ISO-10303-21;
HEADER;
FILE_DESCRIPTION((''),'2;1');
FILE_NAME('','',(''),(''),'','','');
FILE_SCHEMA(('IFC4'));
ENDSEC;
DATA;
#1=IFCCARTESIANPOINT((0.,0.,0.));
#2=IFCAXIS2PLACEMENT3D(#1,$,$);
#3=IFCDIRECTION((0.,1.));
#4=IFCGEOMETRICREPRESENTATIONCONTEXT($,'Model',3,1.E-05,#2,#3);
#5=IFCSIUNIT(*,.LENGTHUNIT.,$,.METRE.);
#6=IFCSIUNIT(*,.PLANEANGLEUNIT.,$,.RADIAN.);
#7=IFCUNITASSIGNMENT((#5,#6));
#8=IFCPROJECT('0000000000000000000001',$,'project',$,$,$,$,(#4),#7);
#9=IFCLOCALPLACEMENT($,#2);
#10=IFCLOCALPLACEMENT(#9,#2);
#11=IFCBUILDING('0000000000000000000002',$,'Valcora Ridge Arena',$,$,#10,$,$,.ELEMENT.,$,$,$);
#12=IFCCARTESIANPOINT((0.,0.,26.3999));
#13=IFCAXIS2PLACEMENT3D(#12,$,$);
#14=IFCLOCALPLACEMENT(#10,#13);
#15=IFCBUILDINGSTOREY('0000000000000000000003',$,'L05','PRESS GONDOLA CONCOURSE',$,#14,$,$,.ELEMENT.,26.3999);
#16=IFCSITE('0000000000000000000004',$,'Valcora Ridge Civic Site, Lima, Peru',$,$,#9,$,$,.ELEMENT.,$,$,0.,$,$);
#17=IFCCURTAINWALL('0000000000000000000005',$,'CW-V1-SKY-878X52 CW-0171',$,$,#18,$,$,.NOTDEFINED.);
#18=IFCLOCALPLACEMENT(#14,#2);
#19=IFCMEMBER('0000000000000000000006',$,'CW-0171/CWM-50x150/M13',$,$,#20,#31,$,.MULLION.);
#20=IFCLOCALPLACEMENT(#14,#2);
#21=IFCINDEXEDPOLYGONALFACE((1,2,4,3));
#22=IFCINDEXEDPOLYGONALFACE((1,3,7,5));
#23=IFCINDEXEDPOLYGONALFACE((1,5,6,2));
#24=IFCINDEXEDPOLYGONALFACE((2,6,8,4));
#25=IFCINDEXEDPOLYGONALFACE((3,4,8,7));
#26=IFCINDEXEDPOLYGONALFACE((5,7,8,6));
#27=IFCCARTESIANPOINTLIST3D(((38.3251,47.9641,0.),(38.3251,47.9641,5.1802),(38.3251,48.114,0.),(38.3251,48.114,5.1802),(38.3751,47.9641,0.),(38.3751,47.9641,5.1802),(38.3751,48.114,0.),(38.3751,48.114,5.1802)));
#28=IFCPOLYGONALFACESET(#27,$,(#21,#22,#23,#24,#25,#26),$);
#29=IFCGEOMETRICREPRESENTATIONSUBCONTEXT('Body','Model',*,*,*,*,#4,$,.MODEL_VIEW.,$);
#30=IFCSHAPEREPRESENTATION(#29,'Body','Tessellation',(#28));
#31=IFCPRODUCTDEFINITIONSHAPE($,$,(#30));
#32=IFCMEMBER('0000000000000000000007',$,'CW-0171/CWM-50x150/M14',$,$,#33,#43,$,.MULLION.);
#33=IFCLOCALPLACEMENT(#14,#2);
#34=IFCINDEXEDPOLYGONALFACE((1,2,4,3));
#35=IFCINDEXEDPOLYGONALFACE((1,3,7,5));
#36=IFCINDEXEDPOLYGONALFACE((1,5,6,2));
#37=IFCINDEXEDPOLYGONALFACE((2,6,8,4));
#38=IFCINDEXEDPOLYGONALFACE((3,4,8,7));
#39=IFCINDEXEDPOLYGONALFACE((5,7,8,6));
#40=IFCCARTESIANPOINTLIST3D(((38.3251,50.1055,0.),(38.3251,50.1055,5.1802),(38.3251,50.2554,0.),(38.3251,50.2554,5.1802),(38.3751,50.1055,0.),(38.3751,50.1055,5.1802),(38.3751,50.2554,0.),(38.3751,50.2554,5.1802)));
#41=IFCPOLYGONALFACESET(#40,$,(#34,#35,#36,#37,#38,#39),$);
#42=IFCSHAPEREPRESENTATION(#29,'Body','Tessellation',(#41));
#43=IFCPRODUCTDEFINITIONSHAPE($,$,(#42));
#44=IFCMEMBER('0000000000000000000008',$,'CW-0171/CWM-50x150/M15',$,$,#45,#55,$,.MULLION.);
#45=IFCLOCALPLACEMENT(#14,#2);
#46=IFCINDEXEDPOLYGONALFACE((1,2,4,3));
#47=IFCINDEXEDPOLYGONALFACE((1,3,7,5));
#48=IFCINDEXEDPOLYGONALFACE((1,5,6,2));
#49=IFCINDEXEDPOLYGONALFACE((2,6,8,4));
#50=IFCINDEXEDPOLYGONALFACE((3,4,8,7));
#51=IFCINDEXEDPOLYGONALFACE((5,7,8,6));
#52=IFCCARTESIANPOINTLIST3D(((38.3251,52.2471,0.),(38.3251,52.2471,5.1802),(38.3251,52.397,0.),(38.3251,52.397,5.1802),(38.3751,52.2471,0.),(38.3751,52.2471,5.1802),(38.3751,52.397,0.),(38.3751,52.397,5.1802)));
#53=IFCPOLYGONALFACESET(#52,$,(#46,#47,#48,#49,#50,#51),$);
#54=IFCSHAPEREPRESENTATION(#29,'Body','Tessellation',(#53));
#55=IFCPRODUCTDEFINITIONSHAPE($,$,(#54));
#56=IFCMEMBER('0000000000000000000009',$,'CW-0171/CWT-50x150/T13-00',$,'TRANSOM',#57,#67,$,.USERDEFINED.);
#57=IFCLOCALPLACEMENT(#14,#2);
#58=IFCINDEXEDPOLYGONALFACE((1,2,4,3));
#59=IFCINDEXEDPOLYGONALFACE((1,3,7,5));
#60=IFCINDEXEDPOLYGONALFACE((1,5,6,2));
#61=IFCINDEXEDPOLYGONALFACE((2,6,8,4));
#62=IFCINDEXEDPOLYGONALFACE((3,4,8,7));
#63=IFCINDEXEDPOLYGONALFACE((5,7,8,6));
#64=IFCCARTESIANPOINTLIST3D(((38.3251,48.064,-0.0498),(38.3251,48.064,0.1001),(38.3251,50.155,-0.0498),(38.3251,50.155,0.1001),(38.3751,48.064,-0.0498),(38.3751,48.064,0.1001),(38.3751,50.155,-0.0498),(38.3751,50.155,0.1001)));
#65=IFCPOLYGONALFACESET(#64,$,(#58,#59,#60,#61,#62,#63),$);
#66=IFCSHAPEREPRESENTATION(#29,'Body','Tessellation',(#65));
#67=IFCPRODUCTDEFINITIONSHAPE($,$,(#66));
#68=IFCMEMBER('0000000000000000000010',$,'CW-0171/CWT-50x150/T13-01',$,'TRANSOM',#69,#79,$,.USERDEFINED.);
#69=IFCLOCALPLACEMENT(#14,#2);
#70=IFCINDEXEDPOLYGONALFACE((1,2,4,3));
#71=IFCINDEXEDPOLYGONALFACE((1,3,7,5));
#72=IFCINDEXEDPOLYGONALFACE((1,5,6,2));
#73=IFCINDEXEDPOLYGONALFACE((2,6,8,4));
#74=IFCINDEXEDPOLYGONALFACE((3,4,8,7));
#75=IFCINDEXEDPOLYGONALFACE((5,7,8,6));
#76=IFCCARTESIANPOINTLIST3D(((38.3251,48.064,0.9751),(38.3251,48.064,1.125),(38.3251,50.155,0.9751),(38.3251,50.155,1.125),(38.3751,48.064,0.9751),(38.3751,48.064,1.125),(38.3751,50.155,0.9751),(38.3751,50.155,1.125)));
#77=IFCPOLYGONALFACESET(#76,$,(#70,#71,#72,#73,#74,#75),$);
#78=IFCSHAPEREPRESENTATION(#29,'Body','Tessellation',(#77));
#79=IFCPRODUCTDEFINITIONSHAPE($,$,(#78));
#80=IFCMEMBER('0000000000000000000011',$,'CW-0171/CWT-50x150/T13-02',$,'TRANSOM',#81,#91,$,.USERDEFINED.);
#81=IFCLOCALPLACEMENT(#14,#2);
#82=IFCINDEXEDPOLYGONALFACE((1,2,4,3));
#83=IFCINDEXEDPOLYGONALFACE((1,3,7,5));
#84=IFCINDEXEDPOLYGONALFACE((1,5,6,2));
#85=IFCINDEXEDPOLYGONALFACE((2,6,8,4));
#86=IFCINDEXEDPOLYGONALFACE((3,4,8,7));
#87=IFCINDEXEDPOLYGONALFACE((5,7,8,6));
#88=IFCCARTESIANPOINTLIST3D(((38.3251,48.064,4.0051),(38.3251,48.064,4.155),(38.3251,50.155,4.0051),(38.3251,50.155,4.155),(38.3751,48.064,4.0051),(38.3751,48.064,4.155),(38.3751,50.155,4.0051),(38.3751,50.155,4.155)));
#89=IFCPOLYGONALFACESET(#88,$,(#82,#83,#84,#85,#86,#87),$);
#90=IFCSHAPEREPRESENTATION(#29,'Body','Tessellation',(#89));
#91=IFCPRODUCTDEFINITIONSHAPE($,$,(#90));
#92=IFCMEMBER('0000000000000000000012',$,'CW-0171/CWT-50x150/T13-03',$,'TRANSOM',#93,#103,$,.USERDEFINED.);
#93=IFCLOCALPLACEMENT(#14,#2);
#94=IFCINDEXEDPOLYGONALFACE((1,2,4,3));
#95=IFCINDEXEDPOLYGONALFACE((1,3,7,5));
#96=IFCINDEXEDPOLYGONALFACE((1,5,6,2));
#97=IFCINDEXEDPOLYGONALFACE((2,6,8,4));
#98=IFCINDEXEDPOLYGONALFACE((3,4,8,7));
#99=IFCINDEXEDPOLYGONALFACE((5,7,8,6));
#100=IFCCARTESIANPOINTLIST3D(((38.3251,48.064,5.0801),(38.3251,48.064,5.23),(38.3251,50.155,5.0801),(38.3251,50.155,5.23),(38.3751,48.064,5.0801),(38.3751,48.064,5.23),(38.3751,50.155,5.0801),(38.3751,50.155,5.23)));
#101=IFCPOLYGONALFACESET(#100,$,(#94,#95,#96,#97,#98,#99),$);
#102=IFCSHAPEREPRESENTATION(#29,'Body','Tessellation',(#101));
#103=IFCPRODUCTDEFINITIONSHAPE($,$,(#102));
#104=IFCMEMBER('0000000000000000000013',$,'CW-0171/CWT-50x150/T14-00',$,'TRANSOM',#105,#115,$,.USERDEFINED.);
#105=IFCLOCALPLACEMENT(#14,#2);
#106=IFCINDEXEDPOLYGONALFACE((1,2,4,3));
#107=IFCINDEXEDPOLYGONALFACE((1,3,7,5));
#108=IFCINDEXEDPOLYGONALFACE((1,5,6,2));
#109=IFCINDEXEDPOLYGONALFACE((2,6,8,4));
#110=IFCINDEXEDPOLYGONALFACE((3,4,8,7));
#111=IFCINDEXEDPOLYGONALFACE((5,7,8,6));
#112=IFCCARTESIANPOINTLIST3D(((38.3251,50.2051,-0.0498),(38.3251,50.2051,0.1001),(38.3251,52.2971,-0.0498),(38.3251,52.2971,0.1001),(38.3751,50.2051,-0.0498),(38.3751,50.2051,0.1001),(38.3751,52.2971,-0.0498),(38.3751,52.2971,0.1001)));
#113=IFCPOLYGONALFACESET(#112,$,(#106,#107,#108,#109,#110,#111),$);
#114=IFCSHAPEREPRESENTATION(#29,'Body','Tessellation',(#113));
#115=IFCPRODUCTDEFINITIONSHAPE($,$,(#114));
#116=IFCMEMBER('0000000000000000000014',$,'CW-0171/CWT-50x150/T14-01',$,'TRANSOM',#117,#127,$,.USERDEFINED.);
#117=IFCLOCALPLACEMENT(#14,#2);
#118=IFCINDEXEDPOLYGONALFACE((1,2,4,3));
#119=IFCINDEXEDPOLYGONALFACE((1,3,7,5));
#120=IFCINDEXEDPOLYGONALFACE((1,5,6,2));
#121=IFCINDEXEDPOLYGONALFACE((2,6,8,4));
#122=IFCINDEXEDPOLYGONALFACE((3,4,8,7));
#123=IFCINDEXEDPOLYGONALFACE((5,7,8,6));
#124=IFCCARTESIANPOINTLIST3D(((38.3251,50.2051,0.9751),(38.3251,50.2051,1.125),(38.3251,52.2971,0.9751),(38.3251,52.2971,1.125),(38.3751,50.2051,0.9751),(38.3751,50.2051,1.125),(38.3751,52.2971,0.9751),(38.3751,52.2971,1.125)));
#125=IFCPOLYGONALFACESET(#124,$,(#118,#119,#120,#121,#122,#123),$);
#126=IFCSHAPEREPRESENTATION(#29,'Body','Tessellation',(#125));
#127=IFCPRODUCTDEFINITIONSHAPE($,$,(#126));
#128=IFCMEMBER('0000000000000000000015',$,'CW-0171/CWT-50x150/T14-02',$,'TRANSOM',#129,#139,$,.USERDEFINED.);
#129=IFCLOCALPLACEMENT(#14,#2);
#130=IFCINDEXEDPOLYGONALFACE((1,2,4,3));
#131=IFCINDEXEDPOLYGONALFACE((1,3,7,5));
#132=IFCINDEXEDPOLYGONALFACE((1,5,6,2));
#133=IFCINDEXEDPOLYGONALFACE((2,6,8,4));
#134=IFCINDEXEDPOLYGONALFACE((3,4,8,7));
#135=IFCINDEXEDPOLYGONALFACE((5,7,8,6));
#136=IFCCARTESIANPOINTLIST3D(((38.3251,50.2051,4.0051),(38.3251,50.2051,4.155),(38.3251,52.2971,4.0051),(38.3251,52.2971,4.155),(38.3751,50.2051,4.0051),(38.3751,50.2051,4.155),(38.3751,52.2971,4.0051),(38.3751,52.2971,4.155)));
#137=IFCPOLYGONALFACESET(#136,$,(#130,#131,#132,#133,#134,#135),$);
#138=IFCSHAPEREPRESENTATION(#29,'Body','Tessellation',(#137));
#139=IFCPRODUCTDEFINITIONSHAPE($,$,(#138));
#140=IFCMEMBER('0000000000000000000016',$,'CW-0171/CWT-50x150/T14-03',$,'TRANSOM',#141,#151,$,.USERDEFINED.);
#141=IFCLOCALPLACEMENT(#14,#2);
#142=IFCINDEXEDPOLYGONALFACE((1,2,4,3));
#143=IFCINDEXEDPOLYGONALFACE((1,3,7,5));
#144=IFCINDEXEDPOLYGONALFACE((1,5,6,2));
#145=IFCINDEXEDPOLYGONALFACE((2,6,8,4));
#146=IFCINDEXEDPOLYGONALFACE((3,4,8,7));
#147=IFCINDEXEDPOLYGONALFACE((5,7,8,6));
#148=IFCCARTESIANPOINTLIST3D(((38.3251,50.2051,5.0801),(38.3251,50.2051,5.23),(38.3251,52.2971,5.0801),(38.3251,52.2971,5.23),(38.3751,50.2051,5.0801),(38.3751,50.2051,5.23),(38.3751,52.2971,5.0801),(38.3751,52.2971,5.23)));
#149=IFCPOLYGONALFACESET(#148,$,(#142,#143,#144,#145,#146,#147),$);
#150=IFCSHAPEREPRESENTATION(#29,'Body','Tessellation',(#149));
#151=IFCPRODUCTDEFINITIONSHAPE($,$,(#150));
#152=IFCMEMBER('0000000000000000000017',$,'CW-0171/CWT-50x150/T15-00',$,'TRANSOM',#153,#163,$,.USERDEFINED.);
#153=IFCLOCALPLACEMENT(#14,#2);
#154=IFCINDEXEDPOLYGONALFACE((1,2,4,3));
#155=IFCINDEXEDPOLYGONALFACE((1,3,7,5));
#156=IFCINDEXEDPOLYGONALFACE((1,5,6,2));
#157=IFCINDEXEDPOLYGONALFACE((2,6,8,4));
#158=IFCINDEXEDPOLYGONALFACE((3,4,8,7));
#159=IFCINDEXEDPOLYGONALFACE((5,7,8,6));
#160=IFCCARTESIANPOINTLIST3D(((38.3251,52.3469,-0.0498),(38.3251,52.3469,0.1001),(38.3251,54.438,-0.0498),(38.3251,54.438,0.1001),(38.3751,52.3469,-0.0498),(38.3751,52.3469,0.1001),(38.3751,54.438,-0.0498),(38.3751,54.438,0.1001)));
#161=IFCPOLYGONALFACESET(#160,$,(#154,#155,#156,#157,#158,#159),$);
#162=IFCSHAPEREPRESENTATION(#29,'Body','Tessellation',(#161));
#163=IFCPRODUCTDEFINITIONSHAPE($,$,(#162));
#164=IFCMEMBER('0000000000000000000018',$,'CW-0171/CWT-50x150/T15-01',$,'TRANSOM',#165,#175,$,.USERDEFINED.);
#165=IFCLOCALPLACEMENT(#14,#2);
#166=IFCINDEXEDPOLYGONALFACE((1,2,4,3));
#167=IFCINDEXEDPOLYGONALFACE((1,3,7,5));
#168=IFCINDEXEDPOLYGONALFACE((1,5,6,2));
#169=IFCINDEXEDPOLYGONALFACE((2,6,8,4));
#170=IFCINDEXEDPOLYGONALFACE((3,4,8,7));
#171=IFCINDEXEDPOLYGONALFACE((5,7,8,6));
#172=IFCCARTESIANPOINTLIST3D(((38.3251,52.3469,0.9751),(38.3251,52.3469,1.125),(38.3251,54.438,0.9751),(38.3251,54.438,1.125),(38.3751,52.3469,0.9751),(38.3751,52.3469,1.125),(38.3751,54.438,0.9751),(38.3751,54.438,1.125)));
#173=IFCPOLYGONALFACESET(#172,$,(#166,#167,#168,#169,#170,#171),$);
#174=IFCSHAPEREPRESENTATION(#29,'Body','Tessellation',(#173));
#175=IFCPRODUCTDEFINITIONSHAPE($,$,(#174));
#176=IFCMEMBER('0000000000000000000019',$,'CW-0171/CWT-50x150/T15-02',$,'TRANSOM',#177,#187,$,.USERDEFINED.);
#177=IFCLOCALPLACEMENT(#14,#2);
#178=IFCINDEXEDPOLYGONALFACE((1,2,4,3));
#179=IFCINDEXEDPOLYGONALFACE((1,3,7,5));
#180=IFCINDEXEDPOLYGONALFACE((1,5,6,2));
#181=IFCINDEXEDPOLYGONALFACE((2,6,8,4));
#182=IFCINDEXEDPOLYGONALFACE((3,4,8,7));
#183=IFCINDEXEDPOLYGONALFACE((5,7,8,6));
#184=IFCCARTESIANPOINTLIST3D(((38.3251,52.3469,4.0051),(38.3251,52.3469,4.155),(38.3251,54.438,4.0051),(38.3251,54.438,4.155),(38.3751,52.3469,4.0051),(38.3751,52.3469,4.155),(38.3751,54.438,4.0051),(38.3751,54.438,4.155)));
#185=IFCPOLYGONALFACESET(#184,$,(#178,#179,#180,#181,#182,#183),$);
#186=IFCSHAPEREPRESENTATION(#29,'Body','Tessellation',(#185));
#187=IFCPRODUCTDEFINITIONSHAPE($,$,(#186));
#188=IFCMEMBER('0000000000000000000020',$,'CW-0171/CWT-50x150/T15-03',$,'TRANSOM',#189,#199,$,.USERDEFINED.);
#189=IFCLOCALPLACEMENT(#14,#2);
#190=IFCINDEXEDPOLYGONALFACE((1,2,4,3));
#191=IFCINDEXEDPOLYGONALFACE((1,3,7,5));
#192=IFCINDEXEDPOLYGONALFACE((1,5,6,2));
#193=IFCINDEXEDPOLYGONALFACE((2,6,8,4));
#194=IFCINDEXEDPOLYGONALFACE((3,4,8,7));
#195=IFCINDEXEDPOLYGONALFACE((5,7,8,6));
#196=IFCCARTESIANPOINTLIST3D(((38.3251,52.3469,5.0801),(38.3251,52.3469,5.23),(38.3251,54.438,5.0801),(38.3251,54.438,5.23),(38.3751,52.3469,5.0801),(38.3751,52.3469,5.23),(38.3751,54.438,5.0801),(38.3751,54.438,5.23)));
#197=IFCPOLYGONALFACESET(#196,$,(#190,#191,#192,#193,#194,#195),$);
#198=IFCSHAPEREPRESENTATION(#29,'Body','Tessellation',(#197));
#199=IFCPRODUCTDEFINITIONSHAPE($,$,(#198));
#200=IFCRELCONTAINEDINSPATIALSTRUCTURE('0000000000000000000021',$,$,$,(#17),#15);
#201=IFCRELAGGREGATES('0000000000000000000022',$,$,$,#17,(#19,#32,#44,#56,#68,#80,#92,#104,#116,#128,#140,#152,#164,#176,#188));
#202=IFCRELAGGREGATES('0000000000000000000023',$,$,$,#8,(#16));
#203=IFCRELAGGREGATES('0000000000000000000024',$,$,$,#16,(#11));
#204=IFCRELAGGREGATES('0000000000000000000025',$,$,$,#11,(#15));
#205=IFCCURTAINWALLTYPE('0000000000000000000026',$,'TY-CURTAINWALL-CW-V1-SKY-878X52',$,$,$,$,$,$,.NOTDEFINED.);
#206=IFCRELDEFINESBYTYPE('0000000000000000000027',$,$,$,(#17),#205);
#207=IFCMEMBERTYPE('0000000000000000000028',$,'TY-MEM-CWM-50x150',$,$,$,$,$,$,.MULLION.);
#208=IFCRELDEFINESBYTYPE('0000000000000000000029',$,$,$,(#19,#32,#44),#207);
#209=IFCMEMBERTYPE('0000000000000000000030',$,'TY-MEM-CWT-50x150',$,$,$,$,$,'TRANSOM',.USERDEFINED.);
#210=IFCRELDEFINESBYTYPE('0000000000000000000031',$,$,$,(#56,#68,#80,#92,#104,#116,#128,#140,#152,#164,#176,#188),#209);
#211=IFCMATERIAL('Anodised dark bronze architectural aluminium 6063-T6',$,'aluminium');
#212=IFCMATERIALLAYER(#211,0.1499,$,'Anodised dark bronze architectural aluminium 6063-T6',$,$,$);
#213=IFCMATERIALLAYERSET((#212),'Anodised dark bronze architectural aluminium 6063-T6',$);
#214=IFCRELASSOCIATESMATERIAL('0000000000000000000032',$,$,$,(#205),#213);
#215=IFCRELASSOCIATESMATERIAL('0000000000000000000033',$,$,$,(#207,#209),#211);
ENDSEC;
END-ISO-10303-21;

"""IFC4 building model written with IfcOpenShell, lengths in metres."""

from ifc_helpers import new_model, si_unit, direction, frame, origin, origin_2d, place, context, subcontext, project, spatial, rectangle, extrude, material, layer, layer_set, material_profile, profile_set, type_object, element, aggregate, save


model = new_model("IFC4")

# Units and contexts
model_context = context("Model", 3, precision=1e-05, world=origin(), true_north=direction((0.0, 1.0)))
body_context = subcontext(model_context, "Body", "Model", "MODEL_VIEW")
ifc_project = project(units=[si_unit("LENGTHUNIT", "METRE"), si_unit("PLANEANGLEUNIT", "RADIAN")], contexts=[model_context])

# Site, building, storey
site_placement = place(None, origin())
site = spatial("IfcSite", under=ifc_project, at=site_placement, Name="Valcora Ridge Civic Site, Lima, Peru", CompositionType="ELEMENT", RefElevation=0.0)
building_placement = place(site_placement, origin())
building = spatial("IfcBuilding", under=site, at=building_placement, Name="Valcora Ridge Arena", CompositionType="ELEMENT")
storey_placement = place(building_placement, frame((0.0, 0.0, 26.3999)))
storey = spatial("IfcBuildingStorey", under=building, at=storey_placement, Name="L05", Description="PRESS GONDOLA CONCOURSE", CompositionType="ELEMENT", Elevation=26.3999)

# Curtain wall, members
ifc_material_1 = material(Name="Anodised dark bronze architectural aluminium 6063-T6", Category="aluminium")
ifc_layer_1 = layer(ifc_material_1, 0.1499, Name="Anodised dark bronze architectural aluminium 6063-T6")
ifc_layer_set_1 = layer_set([ifc_layer_1], Name="Anodised dark bronze architectural aluminium 6063-T6")
curtain_wall_type = type_object("IfcCurtainWallType", Name="TY-CURTAINWALL-CW-V1-SKY-878X52", PredefinedType="NOTDEFINED", material=ifc_layer_set_1)
curtain_wall_placement = place(storey_placement, origin())
curtain_wall = element("IfcCurtainWall", 1, at=curtain_wall_placement, inside=storey, type_object=curtain_wall_type, Name="CW-V1-SKY-878X52 CW-0171", PredefinedType="NOTDEFINED")
ifc_material_profile_1 = material_profile(ifc_material_1, rectangle(XDim=0.05, YDim=0.1499, at=origin_2d()), Name="ALU MULLION 50x150")
ifc_profile_set_1 = profile_set([ifc_material_profile_1], Name="Anodised dark bronze architectural aluminium 6063-T6")
member_type_1 = type_object("IfcMemberType", Name="TY-MEM-CWM-50x150", PredefinedType="MULLION", material=ifc_profile_set_1)
member_1_placement = place(storey_placement, frame((38.3501, 48.0391, 0.0), z_axis=(0.0, 0.0, 1.0), x_axis=(-1.0, 0.0, 0.0)))
member_1 = element("IfcMember", 2, at=member_1_placement, type_object=member_type_1, Name="CW-0171/CWM-50x150/M13", PredefinedType="MULLION", context=body_context, shape_type="SweptSolid", body=[
    extrude(rectangle(XDim=0.05, YDim=0.1499, at=origin_2d()), origin(), (0.0, 0.0, 1.0), 5.1802),
])
member_2_placement = place(storey_placement, frame((38.3501, 50.1804, 0.0), z_axis=(0.0, 0.0, 1.0), x_axis=(-1.0, 0.0, 0.0)))
member_2 = element("IfcMember", 3, at=member_2_placement, type_object=member_type_1, Name="CW-0171/CWM-50x150/M14", PredefinedType="MULLION", context=body_context, shape_type="SweptSolid", body=[
    extrude(rectangle(XDim=0.05, YDim=0.1499, at=origin_2d()), origin(), (0.0, 0.0, 1.0), 5.1802),
])
member_3_placement = place(storey_placement, frame((38.3501, 52.322, 0.0), z_axis=(0.0, 0.0, 1.0), x_axis=(-1.0, 0.0, 0.0)))
member_3 = element("IfcMember", 4, at=member_3_placement, type_object=member_type_1, Name="CW-0171/CWM-50x150/M15", PredefinedType="MULLION", context=body_context, shape_type="SweptSolid", body=[
    extrude(rectangle(XDim=0.05, YDim=0.1499, at=origin_2d()), origin(), (0.0, 0.0, 1.0), 5.1802),
])
ifc_material_profile_2 = material_profile(ifc_material_1, rectangle(XDim=0.05, YDim=0.1499, at=origin_2d()), Name="ALU TRANSOM 50x150")
ifc_profile_set_2 = profile_set([ifc_material_profile_2], Name="Anodised dark bronze architectural aluminium 6063-T6")
member_type_2 = type_object("IfcMemberType", Name="TY-MEM-CWT-50x150", ElementType="TRANSOM", PredefinedType="USERDEFINED", material=ifc_profile_set_2)
member_4_placement = place(storey_placement, frame((38.3501, 48.064, 0.0251), z_axis=(0.0, 1.0, 0.0), x_axis=(-1.0, 0.0, 0.0)))
member_4 = element("IfcMember", 5, at=member_4_placement, type_object=member_type_2, Name="CW-0171/CWT-50x150/T13-00", ObjectType="TRANSOM", PredefinedType="USERDEFINED", context=body_context, shape_type="SweptSolid", body=[
    extrude(rectangle(XDim=0.05, YDim=0.1499, at=origin_2d()), origin(), (0.0, 0.0, 1.0), 2.0911),
])
member_5_placement = place(storey_placement, frame((38.3501, 48.064, 1.05), z_axis=(0.0, 1.0, 0.0), x_axis=(-1.0, 0.0, 0.0)))
member_5 = element("IfcMember", 6, at=member_5_placement, type_object=member_type_2, Name="CW-0171/CWT-50x150/T13-01", ObjectType="TRANSOM", PredefinedType="USERDEFINED", context=body_context, shape_type="SweptSolid", body=[
    extrude(rectangle(XDim=0.05, YDim=0.1499, at=origin_2d()), origin(), (0.0, 0.0, 1.0), 2.0911),
])
member_6_placement = place(storey_placement, frame((38.3501, 48.064, 4.0801), z_axis=(0.0, 1.0, 0.0), x_axis=(-1.0, 0.0, 0.0)))
member_6 = element("IfcMember", 7, at=member_6_placement, type_object=member_type_2, Name="CW-0171/CWT-50x150/T13-02", ObjectType="TRANSOM", PredefinedType="USERDEFINED", context=body_context, shape_type="SweptSolid", body=[
    extrude(rectangle(XDim=0.05, YDim=0.1499, at=origin_2d()), origin(), (0.0, 0.0, 1.0), 2.0911),
])
member_7_placement = place(storey_placement, frame((38.3501, 48.064, 5.155), z_axis=(0.0, 1.0, 0.0), x_axis=(-1.0, 0.0, 0.0)))
member_7 = element("IfcMember", 8, at=member_7_placement, type_object=member_type_2, Name="CW-0171/CWT-50x150/T13-03", ObjectType="TRANSOM", PredefinedType="USERDEFINED", context=body_context, shape_type="SweptSolid", body=[
    extrude(rectangle(XDim=0.05, YDim=0.1499, at=origin_2d()), origin(), (0.0, 0.0, 1.0), 2.0911),
])
member_8_placement = place(storey_placement, frame((38.3501, 50.2051, 0.0251), z_axis=(0.0, 1.0, 0.0), x_axis=(-1.0, 0.0, 0.0)))
member_8 = element("IfcMember", 9, at=member_8_placement, type_object=member_type_2, Name="CW-0171/CWT-50x150/T14-00", ObjectType="TRANSOM", PredefinedType="USERDEFINED", context=body_context, shape_type="SweptSolid", body=[
    extrude(rectangle(XDim=0.05, YDim=0.1499, at=origin_2d()), origin(), (0.0, 0.0, 1.0), 2.092),
])
member_9_placement = place(storey_placement, frame((38.3501, 50.2051, 1.05), z_axis=(0.0, 1.0, 0.0), x_axis=(-1.0, 0.0, 0.0)))
member_9 = element("IfcMember", 10, at=member_9_placement, type_object=member_type_2, Name="CW-0171/CWT-50x150/T14-01", ObjectType="TRANSOM", PredefinedType="USERDEFINED", context=body_context, shape_type="SweptSolid", body=[
    extrude(rectangle(XDim=0.05, YDim=0.1499, at=origin_2d()), origin(), (0.0, 0.0, 1.0), 2.092),
])
member_10_placement = place(storey_placement, frame((38.3501, 50.2051, 4.0801), z_axis=(0.0, 1.0, 0.0), x_axis=(-1.0, 0.0, 0.0)))
member_10 = element("IfcMember", 11, at=member_10_placement, type_object=member_type_2, Name="CW-0171/CWT-50x150/T14-02", ObjectType="TRANSOM", PredefinedType="USERDEFINED", context=body_context, shape_type="SweptSolid", body=[
    extrude(rectangle(XDim=0.05, YDim=0.1499, at=origin_2d()), origin(), (0.0, 0.0, 1.0), 2.092),
])
member_11_placement = place(storey_placement, frame((38.3501, 50.2051, 5.155), z_axis=(0.0, 1.0, 0.0), x_axis=(-1.0, 0.0, 0.0)))
member_11 = element("IfcMember", 12, at=member_11_placement, type_object=member_type_2, Name="CW-0171/CWT-50x150/T14-03", ObjectType="TRANSOM", PredefinedType="USERDEFINED", context=body_context, shape_type="SweptSolid", body=[
    extrude(rectangle(XDim=0.05, YDim=0.1499, at=origin_2d()), origin(), (0.0, 0.0, 1.0), 2.092),
])
member_12_placement = place(storey_placement, frame((38.3501, 52.3469, 0.0251), z_axis=(0.0, 1.0, 0.0), x_axis=(-1.0, 0.0, 0.0)))
member_12 = element("IfcMember", 13, at=member_12_placement, type_object=member_type_2, Name="CW-0171/CWT-50x150/T15-00", ObjectType="TRANSOM", PredefinedType="USERDEFINED", context=body_context, shape_type="SweptSolid", body=[
    extrude(rectangle(XDim=0.05, YDim=0.1499, at=origin_2d()), origin(), (0.0, 0.0, 1.0), 2.0911),
])
member_13_placement = place(storey_placement, frame((38.3501, 52.3469, 1.05), z_axis=(0.0, 1.0, 0.0), x_axis=(-1.0, 0.0, 0.0)))
member_13 = element("IfcMember", 14, at=member_13_placement, type_object=member_type_2, Name="CW-0171/CWT-50x150/T15-01", ObjectType="TRANSOM", PredefinedType="USERDEFINED", context=body_context, shape_type="SweptSolid", body=[
    extrude(rectangle(XDim=0.05, YDim=0.1499, at=origin_2d()), origin(), (0.0, 0.0, 1.0), 2.0911),
])
member_14_placement = place(storey_placement, frame((38.3501, 52.3469, 4.0801), z_axis=(0.0, 1.0, 0.0), x_axis=(-1.0, 0.0, 0.0)))
member_14 = element("IfcMember", 15, at=member_14_placement, type_object=member_type_2, Name="CW-0171/CWT-50x150/T15-02", ObjectType="TRANSOM", PredefinedType="USERDEFINED", context=body_context, shape_type="SweptSolid", body=[
    extrude(rectangle(XDim=0.05, YDim=0.1499, at=origin_2d()), origin(), (0.0, 0.0, 1.0), 2.0911),
])
member_15_placement = place(storey_placement, frame((38.3501, 52.3469, 5.155), z_axis=(0.0, 1.0, 0.0), x_axis=(-1.0, 0.0, 0.0)))
member_15 = element("IfcMember", 16, at=member_15_placement, type_object=member_type_2, Name="CW-0171/CWT-50x150/T15-03", ObjectType="TRANSOM", PredefinedType="USERDEFINED", context=body_context, shape_type="SweptSolid", body=[
    extrude(rectangle(XDim=0.05, YDim=0.1499, at=origin_2d()), origin(), (0.0, 0.0, 1.0), 2.0911),
])
aggregate(curtain_wall, [member_1, member_2, member_3, member_4, member_5, member_6, member_7, member_8, member_9, member_10, member_11, member_12, member_13, member_14, member_15])

save(model, "model.ifc")
